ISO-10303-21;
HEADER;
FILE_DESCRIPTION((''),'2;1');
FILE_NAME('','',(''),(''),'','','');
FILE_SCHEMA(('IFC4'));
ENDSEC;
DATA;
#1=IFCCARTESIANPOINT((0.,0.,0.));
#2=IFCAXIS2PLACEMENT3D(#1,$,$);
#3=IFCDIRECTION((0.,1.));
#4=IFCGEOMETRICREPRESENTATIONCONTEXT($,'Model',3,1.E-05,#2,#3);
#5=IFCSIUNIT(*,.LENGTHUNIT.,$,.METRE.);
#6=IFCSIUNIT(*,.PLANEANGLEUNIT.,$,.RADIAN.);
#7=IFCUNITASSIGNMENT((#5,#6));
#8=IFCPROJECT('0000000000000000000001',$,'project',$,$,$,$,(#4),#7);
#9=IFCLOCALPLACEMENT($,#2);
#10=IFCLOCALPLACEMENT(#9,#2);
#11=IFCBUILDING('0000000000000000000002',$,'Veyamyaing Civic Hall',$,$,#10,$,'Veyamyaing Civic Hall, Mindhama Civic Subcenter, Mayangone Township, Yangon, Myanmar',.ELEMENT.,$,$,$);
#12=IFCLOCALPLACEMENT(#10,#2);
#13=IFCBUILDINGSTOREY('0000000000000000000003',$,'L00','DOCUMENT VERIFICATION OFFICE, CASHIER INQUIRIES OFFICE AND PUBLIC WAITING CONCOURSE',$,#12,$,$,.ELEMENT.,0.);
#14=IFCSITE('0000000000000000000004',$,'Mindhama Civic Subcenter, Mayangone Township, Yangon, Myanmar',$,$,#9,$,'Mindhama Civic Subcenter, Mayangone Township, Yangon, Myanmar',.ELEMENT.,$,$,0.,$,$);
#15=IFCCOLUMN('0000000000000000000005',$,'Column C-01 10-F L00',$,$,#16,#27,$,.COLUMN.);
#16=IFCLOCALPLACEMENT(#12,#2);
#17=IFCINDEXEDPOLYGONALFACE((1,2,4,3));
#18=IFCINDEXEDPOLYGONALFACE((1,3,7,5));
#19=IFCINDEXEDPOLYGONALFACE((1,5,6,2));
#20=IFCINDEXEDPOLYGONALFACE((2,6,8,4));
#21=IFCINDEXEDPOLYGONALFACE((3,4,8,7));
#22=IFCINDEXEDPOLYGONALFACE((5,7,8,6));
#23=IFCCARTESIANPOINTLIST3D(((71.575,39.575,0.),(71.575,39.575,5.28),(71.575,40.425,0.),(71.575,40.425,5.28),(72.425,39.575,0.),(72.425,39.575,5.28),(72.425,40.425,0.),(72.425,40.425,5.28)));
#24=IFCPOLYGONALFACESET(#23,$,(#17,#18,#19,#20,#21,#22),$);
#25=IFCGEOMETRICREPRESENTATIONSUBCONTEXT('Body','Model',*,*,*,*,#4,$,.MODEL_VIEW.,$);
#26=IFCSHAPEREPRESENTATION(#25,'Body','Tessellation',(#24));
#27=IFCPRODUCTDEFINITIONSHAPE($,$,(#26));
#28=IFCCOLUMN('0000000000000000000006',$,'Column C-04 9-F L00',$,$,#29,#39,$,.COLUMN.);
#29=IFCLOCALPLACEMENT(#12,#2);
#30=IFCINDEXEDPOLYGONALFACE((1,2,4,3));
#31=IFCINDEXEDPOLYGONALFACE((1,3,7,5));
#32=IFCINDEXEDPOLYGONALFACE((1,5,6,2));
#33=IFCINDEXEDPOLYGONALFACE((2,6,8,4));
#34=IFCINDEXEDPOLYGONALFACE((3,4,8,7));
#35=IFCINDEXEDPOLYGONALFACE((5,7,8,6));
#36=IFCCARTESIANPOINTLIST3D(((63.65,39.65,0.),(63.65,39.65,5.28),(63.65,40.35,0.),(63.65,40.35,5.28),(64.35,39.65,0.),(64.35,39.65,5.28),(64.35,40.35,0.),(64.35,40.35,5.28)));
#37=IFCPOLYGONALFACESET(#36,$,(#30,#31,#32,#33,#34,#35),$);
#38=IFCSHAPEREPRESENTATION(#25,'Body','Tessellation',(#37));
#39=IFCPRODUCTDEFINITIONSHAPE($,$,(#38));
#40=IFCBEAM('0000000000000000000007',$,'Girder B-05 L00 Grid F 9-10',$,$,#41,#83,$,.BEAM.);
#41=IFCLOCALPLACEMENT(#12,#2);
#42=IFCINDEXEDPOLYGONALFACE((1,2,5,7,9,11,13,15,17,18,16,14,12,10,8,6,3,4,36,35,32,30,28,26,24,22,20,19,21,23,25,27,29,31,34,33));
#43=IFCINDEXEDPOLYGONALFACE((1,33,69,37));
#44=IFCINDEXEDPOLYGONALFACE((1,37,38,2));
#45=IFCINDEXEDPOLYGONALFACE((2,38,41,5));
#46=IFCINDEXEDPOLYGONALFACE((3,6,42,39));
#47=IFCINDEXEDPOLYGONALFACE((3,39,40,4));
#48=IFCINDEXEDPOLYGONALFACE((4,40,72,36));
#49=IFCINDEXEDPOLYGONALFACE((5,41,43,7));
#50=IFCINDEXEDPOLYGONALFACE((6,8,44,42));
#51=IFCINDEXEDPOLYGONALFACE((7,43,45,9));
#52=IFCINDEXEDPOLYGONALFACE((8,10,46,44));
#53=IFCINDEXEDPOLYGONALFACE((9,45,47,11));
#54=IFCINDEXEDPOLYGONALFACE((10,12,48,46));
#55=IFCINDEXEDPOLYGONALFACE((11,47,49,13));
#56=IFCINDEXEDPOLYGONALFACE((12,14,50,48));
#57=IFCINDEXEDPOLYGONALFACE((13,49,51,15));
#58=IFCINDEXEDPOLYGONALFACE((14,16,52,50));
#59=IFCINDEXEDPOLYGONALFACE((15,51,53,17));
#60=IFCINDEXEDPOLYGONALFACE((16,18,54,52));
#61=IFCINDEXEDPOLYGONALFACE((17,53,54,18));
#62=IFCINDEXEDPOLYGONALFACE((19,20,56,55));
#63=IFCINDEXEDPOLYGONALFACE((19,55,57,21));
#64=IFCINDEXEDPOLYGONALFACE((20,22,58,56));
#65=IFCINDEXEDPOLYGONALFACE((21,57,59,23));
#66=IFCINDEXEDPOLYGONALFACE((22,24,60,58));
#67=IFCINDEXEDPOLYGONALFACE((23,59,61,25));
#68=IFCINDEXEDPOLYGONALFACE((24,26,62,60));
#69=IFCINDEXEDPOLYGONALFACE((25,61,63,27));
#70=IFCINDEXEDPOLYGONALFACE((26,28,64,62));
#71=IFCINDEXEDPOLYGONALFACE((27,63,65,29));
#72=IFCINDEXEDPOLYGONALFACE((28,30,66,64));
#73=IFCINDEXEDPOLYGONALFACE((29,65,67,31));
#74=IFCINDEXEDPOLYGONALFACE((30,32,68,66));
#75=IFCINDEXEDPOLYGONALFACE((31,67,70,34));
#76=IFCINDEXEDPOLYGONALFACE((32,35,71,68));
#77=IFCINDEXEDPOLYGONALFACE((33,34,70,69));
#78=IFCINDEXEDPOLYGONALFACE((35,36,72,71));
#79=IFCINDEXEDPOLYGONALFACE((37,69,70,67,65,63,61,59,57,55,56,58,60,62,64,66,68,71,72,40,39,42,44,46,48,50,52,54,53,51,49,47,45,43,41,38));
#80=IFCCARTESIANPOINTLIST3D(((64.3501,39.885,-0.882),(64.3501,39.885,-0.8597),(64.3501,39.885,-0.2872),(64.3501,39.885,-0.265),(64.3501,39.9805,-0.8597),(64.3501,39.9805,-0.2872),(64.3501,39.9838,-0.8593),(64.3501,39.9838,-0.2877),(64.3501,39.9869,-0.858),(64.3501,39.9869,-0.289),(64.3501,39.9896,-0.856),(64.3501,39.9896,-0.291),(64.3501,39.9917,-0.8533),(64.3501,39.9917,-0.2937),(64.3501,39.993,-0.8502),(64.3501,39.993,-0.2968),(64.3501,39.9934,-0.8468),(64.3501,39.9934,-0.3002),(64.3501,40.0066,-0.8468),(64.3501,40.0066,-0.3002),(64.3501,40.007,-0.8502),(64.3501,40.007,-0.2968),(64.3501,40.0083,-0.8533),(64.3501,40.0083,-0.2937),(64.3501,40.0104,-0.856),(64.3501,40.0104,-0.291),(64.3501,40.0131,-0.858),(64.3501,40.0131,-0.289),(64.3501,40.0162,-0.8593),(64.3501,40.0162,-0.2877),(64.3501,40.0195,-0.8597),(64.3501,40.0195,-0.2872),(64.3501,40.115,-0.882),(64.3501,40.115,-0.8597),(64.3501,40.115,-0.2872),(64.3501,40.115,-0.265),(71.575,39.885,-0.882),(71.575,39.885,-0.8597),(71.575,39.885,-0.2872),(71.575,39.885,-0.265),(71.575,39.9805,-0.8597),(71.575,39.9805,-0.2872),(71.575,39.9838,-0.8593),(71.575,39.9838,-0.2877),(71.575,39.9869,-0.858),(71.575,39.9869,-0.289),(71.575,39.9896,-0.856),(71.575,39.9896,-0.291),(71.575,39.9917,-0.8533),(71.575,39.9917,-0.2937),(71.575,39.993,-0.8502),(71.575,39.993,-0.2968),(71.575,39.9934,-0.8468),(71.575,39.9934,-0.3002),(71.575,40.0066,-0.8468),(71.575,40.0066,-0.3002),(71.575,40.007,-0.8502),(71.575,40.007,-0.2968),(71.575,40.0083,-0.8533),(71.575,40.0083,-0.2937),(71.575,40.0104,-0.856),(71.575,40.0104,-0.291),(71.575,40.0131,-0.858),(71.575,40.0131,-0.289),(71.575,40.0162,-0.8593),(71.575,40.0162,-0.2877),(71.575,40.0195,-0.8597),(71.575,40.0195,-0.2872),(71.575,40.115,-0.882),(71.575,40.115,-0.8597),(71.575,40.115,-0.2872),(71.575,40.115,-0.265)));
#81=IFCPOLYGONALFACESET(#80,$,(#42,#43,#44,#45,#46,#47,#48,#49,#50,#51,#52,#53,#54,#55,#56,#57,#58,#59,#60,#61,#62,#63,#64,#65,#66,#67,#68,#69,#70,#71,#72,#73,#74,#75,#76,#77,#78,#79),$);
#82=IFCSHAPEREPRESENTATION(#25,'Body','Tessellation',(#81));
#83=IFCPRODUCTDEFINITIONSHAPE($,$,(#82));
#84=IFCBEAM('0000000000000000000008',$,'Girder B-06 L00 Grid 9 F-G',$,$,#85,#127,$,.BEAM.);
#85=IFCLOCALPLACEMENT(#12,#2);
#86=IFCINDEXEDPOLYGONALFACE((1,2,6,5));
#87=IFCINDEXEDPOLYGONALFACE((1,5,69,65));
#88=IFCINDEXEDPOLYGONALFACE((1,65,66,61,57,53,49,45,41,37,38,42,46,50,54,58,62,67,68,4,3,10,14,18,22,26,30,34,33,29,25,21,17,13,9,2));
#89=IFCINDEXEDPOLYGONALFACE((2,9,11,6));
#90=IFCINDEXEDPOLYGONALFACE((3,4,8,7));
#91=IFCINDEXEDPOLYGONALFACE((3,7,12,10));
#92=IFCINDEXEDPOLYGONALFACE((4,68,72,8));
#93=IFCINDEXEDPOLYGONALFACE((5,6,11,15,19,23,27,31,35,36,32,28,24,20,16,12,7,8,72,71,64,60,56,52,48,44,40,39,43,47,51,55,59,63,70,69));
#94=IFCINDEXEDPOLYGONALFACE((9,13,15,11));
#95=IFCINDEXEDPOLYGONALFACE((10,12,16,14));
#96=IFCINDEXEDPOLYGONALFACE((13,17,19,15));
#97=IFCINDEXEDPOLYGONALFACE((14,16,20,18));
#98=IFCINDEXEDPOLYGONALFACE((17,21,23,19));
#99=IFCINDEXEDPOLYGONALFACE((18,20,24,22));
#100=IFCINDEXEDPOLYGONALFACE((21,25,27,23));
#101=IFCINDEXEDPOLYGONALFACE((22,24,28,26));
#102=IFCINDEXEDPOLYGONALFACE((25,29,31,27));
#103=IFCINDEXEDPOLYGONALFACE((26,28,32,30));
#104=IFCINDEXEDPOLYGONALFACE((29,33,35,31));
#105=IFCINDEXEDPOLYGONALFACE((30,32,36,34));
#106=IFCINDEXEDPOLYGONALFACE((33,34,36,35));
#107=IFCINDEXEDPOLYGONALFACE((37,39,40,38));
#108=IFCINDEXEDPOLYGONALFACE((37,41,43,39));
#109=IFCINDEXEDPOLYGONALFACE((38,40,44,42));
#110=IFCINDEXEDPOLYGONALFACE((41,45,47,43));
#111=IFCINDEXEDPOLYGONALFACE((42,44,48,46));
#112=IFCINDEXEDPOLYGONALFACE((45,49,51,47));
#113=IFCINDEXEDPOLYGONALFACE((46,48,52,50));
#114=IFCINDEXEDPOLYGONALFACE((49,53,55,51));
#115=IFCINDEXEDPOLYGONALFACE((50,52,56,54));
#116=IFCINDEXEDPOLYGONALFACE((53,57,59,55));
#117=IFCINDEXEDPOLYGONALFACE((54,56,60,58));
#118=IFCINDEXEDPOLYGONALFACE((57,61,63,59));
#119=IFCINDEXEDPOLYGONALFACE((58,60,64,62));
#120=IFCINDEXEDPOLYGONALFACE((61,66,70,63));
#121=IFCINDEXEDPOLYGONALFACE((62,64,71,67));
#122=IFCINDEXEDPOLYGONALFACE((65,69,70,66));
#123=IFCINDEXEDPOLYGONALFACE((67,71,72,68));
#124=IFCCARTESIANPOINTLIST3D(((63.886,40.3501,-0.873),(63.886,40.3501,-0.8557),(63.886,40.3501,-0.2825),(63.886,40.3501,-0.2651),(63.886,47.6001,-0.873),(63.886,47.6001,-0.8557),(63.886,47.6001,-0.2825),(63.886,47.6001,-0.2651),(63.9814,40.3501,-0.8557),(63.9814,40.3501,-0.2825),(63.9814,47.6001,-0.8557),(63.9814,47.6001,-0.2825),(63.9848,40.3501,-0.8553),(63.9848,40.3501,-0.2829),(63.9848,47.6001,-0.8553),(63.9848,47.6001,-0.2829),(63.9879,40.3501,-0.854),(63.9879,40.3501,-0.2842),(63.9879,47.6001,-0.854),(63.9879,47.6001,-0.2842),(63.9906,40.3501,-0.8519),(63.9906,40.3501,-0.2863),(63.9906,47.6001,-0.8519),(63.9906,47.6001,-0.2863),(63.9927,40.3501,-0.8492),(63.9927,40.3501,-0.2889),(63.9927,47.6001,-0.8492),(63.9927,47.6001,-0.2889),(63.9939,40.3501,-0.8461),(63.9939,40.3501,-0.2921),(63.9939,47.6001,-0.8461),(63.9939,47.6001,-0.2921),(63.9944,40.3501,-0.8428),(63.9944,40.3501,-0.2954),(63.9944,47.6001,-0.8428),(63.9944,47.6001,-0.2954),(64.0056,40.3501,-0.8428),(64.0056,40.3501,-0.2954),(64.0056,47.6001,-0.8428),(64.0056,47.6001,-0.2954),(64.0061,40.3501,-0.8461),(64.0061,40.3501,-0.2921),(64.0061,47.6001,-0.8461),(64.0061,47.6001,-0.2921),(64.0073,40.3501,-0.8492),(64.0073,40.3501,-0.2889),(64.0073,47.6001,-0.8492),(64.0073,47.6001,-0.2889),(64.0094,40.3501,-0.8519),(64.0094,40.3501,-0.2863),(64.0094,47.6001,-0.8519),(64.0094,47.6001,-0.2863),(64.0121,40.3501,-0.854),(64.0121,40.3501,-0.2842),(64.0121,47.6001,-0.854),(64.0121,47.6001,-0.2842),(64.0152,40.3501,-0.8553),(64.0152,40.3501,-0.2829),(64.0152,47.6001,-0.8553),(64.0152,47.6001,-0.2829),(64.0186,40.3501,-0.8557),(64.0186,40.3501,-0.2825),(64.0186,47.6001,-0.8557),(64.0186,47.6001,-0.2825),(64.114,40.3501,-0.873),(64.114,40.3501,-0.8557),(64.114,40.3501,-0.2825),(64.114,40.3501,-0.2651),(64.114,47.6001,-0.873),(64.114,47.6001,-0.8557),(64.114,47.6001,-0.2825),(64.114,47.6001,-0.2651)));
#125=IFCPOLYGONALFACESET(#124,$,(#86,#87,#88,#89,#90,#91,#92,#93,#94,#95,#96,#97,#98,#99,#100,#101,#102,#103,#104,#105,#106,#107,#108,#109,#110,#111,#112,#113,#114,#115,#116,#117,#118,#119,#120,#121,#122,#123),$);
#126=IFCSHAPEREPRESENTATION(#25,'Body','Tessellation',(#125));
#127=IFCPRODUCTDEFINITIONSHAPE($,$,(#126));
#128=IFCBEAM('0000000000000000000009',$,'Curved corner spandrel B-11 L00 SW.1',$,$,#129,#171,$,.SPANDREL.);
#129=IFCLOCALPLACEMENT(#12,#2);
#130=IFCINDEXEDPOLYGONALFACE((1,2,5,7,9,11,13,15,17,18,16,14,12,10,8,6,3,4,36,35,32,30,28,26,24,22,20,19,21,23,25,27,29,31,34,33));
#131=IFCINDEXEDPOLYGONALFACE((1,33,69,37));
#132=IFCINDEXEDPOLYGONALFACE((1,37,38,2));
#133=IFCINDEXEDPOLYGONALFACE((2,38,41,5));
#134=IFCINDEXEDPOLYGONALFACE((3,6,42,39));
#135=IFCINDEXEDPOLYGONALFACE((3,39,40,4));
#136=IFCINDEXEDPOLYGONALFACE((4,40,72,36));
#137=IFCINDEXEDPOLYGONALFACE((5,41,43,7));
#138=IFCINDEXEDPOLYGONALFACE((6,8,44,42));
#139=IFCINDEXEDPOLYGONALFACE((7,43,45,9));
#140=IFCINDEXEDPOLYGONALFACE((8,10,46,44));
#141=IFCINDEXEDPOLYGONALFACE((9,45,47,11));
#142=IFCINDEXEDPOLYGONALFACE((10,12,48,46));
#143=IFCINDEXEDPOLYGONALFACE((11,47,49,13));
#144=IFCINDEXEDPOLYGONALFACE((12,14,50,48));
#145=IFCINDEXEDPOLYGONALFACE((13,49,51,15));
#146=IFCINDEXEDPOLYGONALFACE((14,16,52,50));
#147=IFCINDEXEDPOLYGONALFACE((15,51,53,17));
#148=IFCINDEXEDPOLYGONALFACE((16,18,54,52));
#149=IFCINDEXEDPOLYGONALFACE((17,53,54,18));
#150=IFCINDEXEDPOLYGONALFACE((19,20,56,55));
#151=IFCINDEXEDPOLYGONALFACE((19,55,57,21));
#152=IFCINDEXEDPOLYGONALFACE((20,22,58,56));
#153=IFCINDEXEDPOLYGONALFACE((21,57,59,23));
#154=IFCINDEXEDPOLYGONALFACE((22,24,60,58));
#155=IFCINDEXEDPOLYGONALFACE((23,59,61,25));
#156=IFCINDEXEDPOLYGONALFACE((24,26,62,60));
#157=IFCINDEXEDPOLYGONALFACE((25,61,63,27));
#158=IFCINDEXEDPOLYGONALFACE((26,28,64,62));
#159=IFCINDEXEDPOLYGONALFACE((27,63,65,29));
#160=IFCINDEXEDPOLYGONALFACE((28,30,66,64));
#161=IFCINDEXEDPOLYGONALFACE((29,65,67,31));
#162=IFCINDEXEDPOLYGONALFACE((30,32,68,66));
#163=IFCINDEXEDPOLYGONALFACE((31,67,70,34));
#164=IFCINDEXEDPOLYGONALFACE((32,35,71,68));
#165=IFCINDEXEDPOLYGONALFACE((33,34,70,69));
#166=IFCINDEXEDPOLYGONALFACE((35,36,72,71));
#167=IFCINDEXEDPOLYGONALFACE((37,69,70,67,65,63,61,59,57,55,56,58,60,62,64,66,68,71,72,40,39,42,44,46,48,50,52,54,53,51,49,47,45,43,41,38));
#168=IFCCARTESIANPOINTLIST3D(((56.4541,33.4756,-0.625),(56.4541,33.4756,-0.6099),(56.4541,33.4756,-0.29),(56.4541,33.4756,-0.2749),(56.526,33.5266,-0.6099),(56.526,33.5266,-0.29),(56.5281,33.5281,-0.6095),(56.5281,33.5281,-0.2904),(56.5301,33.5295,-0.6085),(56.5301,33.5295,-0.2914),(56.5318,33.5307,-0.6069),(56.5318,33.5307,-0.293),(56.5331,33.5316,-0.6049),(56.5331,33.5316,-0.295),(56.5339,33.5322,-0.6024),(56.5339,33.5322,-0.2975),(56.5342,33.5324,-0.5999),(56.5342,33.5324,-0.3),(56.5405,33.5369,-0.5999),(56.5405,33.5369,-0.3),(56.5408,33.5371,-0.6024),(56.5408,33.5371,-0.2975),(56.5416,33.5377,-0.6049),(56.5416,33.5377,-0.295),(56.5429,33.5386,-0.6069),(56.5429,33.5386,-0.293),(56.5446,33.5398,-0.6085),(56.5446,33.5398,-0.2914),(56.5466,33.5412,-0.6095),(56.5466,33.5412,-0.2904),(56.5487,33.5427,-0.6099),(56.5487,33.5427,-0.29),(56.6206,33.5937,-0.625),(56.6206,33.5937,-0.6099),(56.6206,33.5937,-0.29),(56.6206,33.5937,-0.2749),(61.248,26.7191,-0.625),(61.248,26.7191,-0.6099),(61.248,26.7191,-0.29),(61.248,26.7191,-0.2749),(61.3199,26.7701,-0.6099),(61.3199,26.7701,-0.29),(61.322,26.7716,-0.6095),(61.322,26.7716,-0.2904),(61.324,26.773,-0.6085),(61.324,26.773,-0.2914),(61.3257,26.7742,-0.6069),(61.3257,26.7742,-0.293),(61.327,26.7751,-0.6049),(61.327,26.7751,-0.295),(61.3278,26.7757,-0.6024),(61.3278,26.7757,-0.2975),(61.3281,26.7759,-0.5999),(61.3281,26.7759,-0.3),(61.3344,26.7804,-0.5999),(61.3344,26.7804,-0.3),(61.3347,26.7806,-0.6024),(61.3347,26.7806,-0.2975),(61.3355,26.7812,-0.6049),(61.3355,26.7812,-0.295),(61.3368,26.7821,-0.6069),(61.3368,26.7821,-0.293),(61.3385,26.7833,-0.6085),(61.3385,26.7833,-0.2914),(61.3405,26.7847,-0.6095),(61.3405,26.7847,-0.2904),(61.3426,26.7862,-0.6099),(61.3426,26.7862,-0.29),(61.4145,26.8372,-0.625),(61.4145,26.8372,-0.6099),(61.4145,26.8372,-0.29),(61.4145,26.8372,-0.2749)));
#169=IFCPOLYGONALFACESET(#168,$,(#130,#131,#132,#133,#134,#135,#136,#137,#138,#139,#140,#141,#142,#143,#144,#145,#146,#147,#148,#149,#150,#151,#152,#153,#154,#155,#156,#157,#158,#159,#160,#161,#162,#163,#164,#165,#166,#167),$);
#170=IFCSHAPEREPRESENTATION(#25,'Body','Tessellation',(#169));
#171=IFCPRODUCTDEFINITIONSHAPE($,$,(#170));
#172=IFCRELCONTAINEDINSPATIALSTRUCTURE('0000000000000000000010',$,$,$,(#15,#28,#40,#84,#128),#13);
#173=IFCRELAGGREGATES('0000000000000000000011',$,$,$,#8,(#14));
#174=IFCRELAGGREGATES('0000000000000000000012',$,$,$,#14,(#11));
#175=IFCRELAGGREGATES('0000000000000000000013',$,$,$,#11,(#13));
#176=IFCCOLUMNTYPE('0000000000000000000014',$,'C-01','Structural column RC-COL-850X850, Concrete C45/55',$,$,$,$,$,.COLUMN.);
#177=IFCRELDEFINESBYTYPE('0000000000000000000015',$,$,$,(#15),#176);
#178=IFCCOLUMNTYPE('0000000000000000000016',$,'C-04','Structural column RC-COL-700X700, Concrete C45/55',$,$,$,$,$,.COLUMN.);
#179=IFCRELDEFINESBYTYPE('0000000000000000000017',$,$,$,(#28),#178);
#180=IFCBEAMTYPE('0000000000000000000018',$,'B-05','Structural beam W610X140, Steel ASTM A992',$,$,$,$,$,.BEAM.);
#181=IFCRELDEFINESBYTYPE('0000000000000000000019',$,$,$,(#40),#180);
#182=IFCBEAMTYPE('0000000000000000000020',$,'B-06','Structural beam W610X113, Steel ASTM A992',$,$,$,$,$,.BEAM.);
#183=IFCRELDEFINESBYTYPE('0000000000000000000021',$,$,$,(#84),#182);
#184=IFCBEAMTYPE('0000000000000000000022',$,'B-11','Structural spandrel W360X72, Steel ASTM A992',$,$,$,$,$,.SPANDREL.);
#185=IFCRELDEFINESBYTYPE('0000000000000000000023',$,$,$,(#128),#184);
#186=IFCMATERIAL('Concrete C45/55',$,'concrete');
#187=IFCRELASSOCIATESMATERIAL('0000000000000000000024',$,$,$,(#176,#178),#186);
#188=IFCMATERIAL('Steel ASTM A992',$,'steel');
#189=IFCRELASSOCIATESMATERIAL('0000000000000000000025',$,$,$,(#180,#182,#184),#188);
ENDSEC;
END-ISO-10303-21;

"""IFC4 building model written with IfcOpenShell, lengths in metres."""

from ifc_helpers import new_model, si_unit, direction, frame, origin, origin_2d, place, context, subcontext, project, spatial, rectangle, i_section, extrude, material, material_profile, profile_set, type_object, element, save


model = new_model("IFC4")

# Units and contexts
model_context = context("Model", 3, precision=1e-05, world=origin(), true_north=direction((0.0, 1.0)))
body_context = subcontext(model_context, "Body", "Model", "MODEL_VIEW")
ifc_project = project(units=[si_unit("LENGTHUNIT", "METRE"), si_unit("PLANEANGLEUNIT", "RADIAN")], contexts=[model_context])

# Site, building, storey
site_placement = place(None, origin())
site = spatial("IfcSite", under=ifc_project, at=site_placement, Name="Mindhama Civic Subcenter, Mayangone Township, Yangon, Myanmar", LongName="Mindhama Civic Subcenter, Mayangone Township, Yangon, Myanmar", CompositionType="ELEMENT", RefElevation=0.0)
building_placement = place(site_placement, origin())
building = spatial("IfcBuilding", under=site, at=building_placement, Name="Veyamyaing Civic Hall", LongName="Veyamyaing Civic Hall, Mindhama Civic Subcenter, Mayangone Township, Yangon, Myanmar", CompositionType="ELEMENT")
storey_placement = place(building_placement, origin())
storey = spatial("IfcBuildingStorey", under=building, at=storey_placement, Name="L00", Description="DOCUMENT VERIFICATION OFFICE, CASHIER INQUIRIES OFFICE AND PUBLIC WAITING CONCOURSE", CompositionType="ELEMENT", Elevation=0.0)

# Columns
ifc_material_1 = material(Name="Concrete C45/55", Category="concrete")
ifc_material_profile_1 = material_profile(ifc_material_1, rectangle(XDim=0.8501, YDim=0.8501, at=origin_2d()), Name="RC-COL-850X850")
ifc_profile_set_1 = profile_set([ifc_material_profile_1], Name="Concrete C45/55")
column_type_1 = type_object("IfcColumnType", Name="C-01", Description="Structural column RC-COL-850X850, Concrete C45/55", PredefinedType="COLUMN", material=ifc_profile_set_1)
column_1_placement = place(storey_placement, frame((72.0, 40.0, 0.0), z_axis=(0.0, 0.0, 1.0), x_axis=(1.0, 0.0, 0.0)))
element("IfcColumn", 1, at=column_1_placement, inside=storey, type_object=column_type_1, Name="Column C-01 10-F L00", PredefinedType="COLUMN", context=body_context, shape_type="SweptSolid", body=[
    extrude(rectangle(XDim=0.8501, YDim=0.8501, at=origin_2d()), origin(), (0.0, 0.0, 1.0), 5.28),
])
ifc_material_profile_2 = material_profile(ifc_material_1, rectangle(XDim=0.7, YDim=0.7, at=origin_2d()), Name="RC-COL-700X700")
ifc_profile_set_2 = profile_set([ifc_material_profile_2], Name="Concrete C45/55")
column_type_2 = type_object("IfcColumnType", Name="C-04", Description="Structural column RC-COL-700X700, Concrete C45/55", PredefinedType="COLUMN", material=ifc_profile_set_2)
column_2_placement = place(storey_placement, frame((64.0, 40.0, 0.0), z_axis=(0.0, 0.0, 1.0), x_axis=(1.0, 0.0, 0.0)))
element("IfcColumn", 2, at=column_2_placement, inside=storey, type_object=column_type_2, Name="Column C-04 9-F L00", PredefinedType="COLUMN", context=body_context, shape_type="SweptSolid", body=[
    extrude(rectangle(XDim=0.7, YDim=0.7, at=origin_2d()), origin(), (0.0, 0.0, 1.0), 5.28),
])

# Beams
ifc_material_2 = material(Name="Steel ASTM A992", Category="steel")
ifc_material_profile_3 = material_profile(ifc_material_2, i_section(OverallWidth=0.23, OverallDepth=0.6169, WebThickness=0.0132, FlangeThickness=0.0222, FilletRadius=0.0129, at=origin_2d()), Name="W610X140")
ifc_profile_set_3 = profile_set([ifc_material_profile_3], Name="Steel ASTM A992")
beam_type_1 = type_object("IfcBeamType", Name="B-05", Description="Structural beam W610X140, Steel ASTM A992", PredefinedType="BEAM", material=ifc_profile_set_3)
beam_1_placement = place(storey_placement, frame((64.3501, 40.0, -0.5735), z_axis=(1.0, 0.0, 0.0), x_axis=(0.0, 1.0, 0.0)))
element("IfcBeam", 3, at=beam_1_placement, inside=storey, type_object=beam_type_1, Name="Girder B-05 L00 Grid F 9-10", PredefinedType="BEAM", context=body_context, shape_type="SweptSolid", body=[
    extrude(i_section(OverallWidth=0.23, OverallDepth=0.6169, WebThickness=0.0132, FlangeThickness=0.0222, FilletRadius=0.0129, at=origin_2d()), origin(), (0.0, 0.0, 1.0), 7.2249),
])
ifc_material_profile_4 = material_profile(ifc_material_2, i_section(OverallWidth=0.228, OverallDepth=0.6079, WebThickness=0.0112, FlangeThickness=0.0173, FilletRadius=0.0129, at=origin_2d()), Name="W610X113")
ifc_profile_set_4 = profile_set([ifc_material_profile_4], Name="Steel ASTM A992")
beam_type_2 = type_object("IfcBeamType", Name="B-06", Description="Structural beam W610X113, Steel ASTM A992", PredefinedType="BEAM", material=ifc_profile_set_4)
beam_2_placement = place(storey_placement, frame((64.0, 40.3501, -0.5691), z_axis=(0.0, 1.0, 0.0), x_axis=(-1.0, 0.0, 0.0)))
element("IfcBeam", 4, at=beam_2_placement, inside=storey, type_object=beam_type_2, Name="Girder B-06 L00 Grid 9 F-G", PredefinedType="BEAM", context=body_context, shape_type="SweptSolid", body=[
    extrude(i_section(OverallWidth=0.228, OverallDepth=0.6079, WebThickness=0.0112, FlangeThickness=0.0173, FilletRadius=0.0129, at=origin_2d()), origin(), (0.0, 0.0, 1.0), 7.25),
])
ifc_material_profile_5 = material_profile(ifc_material_2, i_section(OverallWidth=0.2041, OverallDepth=0.3501, WebThickness=0.0078, FlangeThickness=0.0151, FilletRadius=0.01, at=origin_2d()), Name="W360X72")
ifc_profile_set_5 = profile_set([ifc_material_profile_5], Name="Steel ASTM A992")
beam_type_3 = type_object("IfcBeamType", Name="B-11", Description="Structural spandrel W360X72, Steel ASTM A992", PredefinedType="SPANDREL", material=ifc_profile_set_5)
beam_3_placement = place(storey_placement, frame((56.5374, 33.5347, -0.45), z_axis=(0.578662, -0.815567, 0.0), x_axis=(0.815567, 0.578662, 0.0)))
element("IfcBeam", 5, at=beam_3_placement, inside=storey, type_object=beam_type_3, Name="Curved corner spandrel B-11 L00 SW.1", PredefinedType="SPANDREL", context=body_context, shape_type="SweptSolid", body=[
    extrude(i_section(OverallWidth=0.2041, OverallDepth=0.3501, WebThickness=0.0078, FlangeThickness=0.0151, FilletRadius=0.01, at=origin_2d()), origin(), (0.0, 0.0, 1.0), 8.2844),
])

save(model, "model.ifc")
